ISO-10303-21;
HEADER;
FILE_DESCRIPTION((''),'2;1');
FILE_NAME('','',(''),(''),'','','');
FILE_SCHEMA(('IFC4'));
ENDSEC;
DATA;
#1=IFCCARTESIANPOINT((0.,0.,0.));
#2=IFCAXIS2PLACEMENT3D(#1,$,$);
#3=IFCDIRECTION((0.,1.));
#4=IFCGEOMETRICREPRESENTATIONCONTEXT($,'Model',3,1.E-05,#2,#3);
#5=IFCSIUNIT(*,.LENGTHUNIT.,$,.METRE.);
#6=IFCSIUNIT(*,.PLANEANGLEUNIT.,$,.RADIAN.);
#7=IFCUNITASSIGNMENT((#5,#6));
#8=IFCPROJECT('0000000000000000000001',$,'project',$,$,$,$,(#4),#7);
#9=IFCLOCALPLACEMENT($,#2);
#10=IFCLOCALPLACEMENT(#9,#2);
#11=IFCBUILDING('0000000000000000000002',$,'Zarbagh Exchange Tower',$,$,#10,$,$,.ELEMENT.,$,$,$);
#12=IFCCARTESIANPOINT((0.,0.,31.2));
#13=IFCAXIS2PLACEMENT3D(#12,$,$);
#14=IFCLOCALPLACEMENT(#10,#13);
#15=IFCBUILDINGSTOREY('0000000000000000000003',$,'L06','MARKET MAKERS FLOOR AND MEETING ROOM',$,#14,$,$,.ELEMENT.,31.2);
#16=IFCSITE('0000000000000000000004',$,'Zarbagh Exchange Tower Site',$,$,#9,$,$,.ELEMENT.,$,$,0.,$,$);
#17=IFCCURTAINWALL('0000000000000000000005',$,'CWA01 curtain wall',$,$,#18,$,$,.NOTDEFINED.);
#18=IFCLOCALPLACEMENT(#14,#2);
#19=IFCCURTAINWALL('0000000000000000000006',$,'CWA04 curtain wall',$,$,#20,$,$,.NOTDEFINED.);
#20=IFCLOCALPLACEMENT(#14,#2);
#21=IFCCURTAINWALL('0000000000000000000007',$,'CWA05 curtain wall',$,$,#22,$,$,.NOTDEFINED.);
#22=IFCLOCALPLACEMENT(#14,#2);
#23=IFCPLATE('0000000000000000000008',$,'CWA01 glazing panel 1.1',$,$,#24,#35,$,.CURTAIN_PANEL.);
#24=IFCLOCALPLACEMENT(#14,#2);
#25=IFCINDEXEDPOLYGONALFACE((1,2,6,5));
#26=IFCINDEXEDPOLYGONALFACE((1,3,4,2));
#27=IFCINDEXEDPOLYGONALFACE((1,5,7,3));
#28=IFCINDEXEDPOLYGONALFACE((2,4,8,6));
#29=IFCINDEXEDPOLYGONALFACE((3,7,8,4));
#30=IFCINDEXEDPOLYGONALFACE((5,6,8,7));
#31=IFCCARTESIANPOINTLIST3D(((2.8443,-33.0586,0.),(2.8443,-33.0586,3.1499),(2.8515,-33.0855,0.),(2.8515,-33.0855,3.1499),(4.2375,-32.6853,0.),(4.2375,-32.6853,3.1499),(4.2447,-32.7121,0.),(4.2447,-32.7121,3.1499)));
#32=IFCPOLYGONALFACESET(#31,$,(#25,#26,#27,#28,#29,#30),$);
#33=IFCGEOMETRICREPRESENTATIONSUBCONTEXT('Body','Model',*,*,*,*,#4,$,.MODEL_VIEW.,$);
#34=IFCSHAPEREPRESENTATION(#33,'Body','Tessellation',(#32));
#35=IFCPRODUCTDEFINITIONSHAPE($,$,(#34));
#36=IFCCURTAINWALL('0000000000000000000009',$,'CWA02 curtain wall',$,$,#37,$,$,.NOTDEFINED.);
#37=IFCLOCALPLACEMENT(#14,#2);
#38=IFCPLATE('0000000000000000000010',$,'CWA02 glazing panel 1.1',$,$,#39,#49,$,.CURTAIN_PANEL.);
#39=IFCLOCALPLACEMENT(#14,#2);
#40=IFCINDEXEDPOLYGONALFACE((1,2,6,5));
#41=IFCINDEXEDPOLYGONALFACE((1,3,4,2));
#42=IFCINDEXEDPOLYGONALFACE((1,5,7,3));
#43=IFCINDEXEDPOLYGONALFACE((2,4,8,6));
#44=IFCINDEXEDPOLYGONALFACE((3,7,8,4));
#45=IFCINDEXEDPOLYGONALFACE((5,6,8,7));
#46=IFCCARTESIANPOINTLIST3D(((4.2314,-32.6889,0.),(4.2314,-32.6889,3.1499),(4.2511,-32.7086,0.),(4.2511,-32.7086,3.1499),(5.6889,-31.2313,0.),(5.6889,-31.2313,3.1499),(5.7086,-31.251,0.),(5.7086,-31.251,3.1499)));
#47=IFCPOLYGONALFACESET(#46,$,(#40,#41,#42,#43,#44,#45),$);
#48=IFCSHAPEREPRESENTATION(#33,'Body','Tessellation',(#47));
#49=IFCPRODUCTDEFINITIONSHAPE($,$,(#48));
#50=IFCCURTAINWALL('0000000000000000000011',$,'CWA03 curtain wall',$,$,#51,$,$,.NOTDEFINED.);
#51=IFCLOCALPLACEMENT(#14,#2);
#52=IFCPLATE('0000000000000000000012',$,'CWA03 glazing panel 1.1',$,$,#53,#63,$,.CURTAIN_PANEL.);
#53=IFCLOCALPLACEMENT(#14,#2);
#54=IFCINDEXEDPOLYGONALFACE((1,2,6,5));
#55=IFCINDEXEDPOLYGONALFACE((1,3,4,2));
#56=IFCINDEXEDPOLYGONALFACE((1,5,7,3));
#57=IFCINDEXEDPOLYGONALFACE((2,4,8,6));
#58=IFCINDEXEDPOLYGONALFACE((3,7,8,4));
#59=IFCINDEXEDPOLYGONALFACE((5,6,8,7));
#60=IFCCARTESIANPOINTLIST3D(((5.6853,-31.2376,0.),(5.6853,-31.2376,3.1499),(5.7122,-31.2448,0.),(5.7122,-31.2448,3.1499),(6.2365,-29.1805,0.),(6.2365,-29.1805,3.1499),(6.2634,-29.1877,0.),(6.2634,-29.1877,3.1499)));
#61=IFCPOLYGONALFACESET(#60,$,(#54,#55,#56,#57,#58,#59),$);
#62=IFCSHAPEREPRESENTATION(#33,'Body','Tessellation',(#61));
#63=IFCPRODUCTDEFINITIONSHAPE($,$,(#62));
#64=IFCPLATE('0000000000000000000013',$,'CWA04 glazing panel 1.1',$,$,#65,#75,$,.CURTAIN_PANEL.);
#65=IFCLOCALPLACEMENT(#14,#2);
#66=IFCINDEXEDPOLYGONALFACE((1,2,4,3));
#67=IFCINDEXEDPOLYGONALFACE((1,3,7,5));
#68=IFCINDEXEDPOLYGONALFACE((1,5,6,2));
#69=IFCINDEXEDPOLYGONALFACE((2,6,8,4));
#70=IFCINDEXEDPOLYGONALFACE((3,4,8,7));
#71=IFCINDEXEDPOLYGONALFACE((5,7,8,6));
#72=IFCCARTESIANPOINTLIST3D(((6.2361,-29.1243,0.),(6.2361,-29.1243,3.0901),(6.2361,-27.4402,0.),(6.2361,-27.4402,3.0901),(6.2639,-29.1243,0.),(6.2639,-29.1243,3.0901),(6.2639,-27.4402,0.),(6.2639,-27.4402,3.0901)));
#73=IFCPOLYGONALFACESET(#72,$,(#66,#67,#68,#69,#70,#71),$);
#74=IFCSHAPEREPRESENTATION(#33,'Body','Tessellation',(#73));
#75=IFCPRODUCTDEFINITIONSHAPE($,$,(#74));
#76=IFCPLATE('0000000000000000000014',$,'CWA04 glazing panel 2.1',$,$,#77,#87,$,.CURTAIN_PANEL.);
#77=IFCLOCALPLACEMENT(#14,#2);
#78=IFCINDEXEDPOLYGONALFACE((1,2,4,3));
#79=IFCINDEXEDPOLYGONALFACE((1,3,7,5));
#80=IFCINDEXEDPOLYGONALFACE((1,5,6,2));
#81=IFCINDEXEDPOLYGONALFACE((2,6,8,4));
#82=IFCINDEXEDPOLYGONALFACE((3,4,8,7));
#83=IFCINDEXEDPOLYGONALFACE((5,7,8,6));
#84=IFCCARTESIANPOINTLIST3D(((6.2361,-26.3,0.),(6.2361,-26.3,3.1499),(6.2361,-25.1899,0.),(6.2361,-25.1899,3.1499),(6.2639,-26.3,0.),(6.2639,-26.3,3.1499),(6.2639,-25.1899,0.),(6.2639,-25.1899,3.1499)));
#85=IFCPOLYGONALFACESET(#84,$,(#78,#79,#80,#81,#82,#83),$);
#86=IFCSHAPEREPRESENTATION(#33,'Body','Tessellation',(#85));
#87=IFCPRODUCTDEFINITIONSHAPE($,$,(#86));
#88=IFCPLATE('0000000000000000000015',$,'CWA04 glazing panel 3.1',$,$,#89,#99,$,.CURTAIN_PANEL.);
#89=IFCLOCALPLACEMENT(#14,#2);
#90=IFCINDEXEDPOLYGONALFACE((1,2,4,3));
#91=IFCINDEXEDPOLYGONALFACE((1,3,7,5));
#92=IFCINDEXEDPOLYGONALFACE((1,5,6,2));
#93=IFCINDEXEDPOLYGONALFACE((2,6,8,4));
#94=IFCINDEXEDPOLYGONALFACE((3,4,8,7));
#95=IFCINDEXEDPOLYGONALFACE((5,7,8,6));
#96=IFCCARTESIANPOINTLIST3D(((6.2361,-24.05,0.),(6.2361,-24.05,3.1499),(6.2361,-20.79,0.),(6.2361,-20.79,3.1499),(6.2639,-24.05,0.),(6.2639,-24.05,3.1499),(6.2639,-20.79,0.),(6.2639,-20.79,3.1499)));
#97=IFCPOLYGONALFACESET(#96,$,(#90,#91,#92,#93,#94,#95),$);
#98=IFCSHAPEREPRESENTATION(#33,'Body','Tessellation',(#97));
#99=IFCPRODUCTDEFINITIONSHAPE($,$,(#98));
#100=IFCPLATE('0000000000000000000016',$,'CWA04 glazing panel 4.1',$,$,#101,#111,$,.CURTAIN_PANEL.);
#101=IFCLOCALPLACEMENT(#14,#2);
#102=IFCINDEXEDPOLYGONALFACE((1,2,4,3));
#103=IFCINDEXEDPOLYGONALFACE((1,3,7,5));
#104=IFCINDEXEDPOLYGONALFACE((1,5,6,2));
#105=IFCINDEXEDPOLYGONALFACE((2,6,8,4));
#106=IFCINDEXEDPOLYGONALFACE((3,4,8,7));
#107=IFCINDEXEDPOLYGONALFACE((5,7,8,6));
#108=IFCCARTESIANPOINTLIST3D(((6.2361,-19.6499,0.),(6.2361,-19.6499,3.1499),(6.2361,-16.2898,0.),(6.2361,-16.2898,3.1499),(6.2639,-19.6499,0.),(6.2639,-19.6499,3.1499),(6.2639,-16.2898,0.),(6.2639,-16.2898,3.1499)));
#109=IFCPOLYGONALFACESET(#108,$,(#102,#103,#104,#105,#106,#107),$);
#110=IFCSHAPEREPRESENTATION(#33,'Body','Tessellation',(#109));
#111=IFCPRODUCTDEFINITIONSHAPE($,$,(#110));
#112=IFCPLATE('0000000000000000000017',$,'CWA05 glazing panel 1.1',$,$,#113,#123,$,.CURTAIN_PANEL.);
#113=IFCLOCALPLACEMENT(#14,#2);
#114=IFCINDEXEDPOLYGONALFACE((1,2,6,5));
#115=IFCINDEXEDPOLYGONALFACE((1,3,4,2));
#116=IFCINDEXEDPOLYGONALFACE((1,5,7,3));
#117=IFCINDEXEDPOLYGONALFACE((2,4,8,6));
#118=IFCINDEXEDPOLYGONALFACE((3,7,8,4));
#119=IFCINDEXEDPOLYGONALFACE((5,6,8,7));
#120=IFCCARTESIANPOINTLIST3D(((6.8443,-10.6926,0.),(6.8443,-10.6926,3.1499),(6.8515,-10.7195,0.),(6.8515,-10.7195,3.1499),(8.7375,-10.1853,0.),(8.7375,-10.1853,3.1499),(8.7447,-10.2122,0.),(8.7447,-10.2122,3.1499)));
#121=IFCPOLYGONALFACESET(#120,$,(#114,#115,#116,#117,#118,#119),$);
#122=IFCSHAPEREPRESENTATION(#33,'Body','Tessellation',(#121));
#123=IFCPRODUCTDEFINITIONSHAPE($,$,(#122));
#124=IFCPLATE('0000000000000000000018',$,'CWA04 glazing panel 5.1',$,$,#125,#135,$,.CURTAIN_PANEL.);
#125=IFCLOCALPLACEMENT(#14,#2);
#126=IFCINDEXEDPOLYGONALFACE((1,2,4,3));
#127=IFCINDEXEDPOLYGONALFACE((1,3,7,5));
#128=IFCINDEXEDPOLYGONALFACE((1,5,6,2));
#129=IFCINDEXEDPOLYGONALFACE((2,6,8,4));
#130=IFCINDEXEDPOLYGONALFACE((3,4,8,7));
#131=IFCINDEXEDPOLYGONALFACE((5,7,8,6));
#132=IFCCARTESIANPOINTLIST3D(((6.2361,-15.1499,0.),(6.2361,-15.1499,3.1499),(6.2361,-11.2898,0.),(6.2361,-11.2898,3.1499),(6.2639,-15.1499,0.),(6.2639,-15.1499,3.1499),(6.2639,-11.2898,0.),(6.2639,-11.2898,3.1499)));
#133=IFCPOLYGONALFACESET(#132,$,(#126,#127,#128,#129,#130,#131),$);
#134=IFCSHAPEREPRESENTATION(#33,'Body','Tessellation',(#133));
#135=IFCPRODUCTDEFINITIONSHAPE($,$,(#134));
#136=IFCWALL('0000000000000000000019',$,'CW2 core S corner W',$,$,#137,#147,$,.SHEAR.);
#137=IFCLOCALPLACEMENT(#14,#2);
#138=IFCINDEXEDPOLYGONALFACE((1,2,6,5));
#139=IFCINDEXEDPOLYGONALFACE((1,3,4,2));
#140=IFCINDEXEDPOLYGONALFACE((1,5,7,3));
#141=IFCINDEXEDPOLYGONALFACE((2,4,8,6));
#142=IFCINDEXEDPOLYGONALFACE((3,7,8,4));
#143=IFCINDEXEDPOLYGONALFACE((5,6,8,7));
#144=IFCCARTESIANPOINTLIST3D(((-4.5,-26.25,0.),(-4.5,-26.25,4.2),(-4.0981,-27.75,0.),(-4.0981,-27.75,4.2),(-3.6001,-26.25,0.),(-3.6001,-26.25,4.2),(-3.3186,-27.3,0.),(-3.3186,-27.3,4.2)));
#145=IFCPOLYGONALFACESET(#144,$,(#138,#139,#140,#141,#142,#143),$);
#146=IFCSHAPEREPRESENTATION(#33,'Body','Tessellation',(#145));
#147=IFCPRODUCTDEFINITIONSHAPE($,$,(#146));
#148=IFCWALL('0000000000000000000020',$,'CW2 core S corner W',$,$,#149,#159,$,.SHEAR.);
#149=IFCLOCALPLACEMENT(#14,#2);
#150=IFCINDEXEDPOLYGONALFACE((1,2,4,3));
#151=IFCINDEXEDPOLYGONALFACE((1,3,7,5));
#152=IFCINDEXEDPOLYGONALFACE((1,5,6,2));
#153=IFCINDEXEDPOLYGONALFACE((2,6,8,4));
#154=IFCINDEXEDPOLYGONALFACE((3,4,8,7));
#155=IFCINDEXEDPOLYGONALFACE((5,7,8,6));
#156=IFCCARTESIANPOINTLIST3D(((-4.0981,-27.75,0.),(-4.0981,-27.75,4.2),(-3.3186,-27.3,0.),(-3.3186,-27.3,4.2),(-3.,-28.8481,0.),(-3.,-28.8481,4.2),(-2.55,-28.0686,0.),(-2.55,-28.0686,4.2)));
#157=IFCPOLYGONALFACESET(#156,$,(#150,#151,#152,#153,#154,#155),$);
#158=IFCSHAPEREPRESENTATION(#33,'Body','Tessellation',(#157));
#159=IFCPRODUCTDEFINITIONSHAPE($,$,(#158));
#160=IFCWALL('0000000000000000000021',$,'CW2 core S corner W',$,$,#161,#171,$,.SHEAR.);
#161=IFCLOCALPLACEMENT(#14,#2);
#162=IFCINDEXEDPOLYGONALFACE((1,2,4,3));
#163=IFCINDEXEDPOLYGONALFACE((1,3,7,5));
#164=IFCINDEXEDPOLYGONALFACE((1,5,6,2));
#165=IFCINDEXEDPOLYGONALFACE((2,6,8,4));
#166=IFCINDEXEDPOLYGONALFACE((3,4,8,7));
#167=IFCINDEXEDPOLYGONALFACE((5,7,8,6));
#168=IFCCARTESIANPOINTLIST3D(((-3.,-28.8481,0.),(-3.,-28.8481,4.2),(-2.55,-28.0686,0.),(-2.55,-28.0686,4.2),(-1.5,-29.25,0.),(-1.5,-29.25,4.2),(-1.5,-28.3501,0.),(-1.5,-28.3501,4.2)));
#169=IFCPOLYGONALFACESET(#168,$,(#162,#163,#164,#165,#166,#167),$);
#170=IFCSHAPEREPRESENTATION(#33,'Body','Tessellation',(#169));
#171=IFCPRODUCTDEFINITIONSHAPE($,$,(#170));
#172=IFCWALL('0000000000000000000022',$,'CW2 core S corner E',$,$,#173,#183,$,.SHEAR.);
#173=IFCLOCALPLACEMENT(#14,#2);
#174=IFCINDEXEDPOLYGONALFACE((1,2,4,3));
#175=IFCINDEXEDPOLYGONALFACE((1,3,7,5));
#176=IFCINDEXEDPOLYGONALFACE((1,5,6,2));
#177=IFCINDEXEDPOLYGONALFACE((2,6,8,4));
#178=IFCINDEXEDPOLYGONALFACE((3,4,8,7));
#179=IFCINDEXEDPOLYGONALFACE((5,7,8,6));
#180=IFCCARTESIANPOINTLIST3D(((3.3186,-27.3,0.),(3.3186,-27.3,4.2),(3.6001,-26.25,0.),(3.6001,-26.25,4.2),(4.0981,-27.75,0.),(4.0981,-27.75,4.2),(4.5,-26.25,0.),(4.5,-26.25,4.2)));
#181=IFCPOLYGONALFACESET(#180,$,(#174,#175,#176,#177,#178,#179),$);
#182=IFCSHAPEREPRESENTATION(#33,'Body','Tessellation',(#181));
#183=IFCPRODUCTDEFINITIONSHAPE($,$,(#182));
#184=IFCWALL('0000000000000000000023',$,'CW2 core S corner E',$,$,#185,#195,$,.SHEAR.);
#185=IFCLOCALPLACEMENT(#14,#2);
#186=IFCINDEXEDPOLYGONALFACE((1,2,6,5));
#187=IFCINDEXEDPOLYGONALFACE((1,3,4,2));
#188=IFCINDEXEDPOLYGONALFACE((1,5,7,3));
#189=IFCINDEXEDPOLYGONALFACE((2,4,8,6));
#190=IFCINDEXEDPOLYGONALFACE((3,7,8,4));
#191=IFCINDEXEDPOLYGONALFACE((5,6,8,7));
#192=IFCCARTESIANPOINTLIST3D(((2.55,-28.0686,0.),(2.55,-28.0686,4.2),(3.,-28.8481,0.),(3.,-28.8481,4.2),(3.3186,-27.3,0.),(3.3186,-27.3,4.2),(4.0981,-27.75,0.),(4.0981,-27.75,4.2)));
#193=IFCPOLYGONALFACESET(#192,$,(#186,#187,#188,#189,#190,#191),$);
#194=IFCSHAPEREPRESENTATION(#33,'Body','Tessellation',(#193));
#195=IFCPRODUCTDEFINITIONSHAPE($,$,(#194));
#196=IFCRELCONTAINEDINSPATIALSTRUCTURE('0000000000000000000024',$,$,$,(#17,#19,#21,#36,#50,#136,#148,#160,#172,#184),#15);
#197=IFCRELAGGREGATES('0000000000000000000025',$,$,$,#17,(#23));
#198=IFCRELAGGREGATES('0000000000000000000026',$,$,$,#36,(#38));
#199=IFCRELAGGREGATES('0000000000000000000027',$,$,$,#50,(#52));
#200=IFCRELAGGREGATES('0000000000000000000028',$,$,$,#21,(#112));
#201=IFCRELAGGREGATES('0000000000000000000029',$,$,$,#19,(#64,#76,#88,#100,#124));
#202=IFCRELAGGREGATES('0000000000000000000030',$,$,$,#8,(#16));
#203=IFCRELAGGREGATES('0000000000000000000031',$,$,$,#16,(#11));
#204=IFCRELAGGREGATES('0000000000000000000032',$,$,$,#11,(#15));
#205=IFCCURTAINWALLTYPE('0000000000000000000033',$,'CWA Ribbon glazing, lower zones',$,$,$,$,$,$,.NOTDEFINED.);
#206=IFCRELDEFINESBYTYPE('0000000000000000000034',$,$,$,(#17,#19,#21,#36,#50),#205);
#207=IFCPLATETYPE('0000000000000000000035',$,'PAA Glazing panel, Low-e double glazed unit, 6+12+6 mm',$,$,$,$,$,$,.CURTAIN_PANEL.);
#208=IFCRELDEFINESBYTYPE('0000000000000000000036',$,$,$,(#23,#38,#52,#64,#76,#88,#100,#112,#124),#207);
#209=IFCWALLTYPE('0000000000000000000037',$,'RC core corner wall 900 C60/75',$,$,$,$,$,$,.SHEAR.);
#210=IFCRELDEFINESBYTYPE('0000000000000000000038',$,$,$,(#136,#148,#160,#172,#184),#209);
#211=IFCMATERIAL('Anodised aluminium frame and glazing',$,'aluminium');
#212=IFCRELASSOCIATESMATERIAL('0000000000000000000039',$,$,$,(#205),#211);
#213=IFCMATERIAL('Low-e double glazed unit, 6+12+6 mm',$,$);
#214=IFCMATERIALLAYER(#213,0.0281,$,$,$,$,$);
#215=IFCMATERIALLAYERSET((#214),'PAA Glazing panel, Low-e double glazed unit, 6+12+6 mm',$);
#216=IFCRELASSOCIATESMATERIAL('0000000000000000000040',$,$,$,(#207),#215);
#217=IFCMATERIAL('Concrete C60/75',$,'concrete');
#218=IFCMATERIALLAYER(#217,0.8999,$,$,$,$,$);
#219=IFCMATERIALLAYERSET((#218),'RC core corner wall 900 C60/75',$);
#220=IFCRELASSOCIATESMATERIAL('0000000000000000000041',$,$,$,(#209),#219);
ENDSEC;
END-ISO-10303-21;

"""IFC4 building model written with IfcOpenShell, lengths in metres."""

from ifc_helpers import new_model, si_unit, direction, frame, origin, place, context, subcontext, project, spatial, polyline, outline, extrude, source, transform, mapped, material, layer, layer_set, type_object, element, aggregate, save


model = new_model("IFC4")

# Units and contexts
model_context = context("Model", 3, precision=1e-05, world=origin(), true_north=direction((0.0, 1.0)))
body_context = subcontext(model_context, "Body", "Model", "MODEL_VIEW")
ifc_project = project(units=[si_unit("LENGTHUNIT", "METRE"), si_unit("PLANEANGLEUNIT", "RADIAN")], contexts=[model_context])

# Site, building, storey
site_placement = place(None, origin())
site = spatial("IfcSite", under=ifc_project, at=site_placement, Name="Zarbagh Exchange Tower Site", CompositionType="ELEMENT", RefElevation=0.0)
building_placement = place(site_placement, origin())
building = spatial("IfcBuilding", under=site, at=building_placement, Name="Zarbagh Exchange Tower", CompositionType="ELEMENT")
storey_placement = place(building_placement, frame((0.0, 0.0, 31.2)))
storey = spatial("IfcBuildingStorey", under=building, at=storey_placement, Name="L06", Description="MARKET MAKERS FLOOR AND MEETING ROOM", CompositionType="ELEMENT", Elevation=31.2)

# Curtain wall
ifc_material_1 = material(Name="Anodised aluminium frame and glazing", Category="aluminium")
curtain_wall_type = type_object("IfcCurtainWallType", Name="CWA Ribbon glazing, lower zones", PredefinedType="NOTDEFINED", material=ifc_material_1)
curtain_wall_1_placement = place(storey_placement, origin())
curtain_wall_1 = element("IfcCurtainWall", 1, at=curtain_wall_1_placement, inside=storey, type_object=curtain_wall_type, Name="CWA01 curtain wall", PredefinedType="NOTDEFINED")
placement = place(storey_placement, origin())

# Curtain wall
curtain_wall_2_placement = place(storey_placement, origin())
curtain_wall_2 = element("IfcCurtainWall", 2, at=curtain_wall_2_placement, inside=storey, type_object=curtain_wall_type, Name="CWA04 curtain wall", PredefinedType="NOTDEFINED")

# Curtain wall
curtain_wall_3_placement = place(storey_placement, origin())
curtain_wall_3 = element("IfcCurtainWall", 3, at=curtain_wall_3_placement, inside=storey, type_object=curtain_wall_type, Name="CWA05 curtain wall", PredefinedType="NOTDEFINED")

# Plate
ifc_material_2 = material(Name="Low-e double glazed unit, 6+12+6 mm")
ifc_layer_1 = layer(ifc_material_2, 0.0281)
ifc_layer_set_1 = layer_set([ifc_layer_1], Name="PAA Glazing panel, Low-e double glazed unit, 6+12+6 mm")
plate_type = type_object("IfcPlateType", Name="PAA Glazing panel, Low-e double glazed unit, 6+12+6 mm", PredefinedType="CURTAIN_PANEL", material=ifc_layer_set_1)
shared_shape_1 = source(origin(), body_context, "Body", "SweptSolid", [
    extrude(outline(polyline([(0.0, -0.0139), (1.4424, -0.0139), (1.4424, 0.0139), (0.0, 0.0139), (0.0, -0.0139)])), origin(), (0.0, 0.0, 1.0), 3.1499),
])
plate_1 = element("IfcPlate", 4, at=placement, type_object=plate_type, Name="CWA01 glazing panel 1.1", PredefinedType="CURTAIN_PANEL", context=body_context, shape_type="MappedRepresentation", body=[
    mapped(shared_shape_1, transform((2.8479, -33.072, 0.0), x_axis=(0.965924, 0.258825, 0.0), y_axis=(-0.258825, 0.965924, 0.0), z_axis=(0.0, 0.0, 1.0))),
])
aggregate(curtain_wall_1, [plate_1])

# Curtain walls, plates
curtain_wall_4_placement = place(storey_placement, origin())
curtain_wall_4 = element("IfcCurtainWall", 5, at=curtain_wall_4_placement, inside=storey, type_object=curtain_wall_type, Name="CWA02 curtain wall", PredefinedType="NOTDEFINED")
shared_shape_2 = source(origin(), body_context, "Body", "SweptSolid", [
    extrude(outline(polyline([(0.0, -0.0139), (2.0613, -0.0139), (2.0613, 0.0139), (0.0, 0.0139), (0.0, -0.0139)])), origin(), (0.0, 0.0, 1.0), 3.1499),
])
plate_2 = element("IfcPlate", 6, at=placement, type_object=plate_type, Name="CWA02 glazing panel 1.1", PredefinedType="CURTAIN_PANEL", context=body_context, shape_type="MappedRepresentation", body=[
    mapped(shared_shape_2, transform((4.2412, -32.6987, 0.0), x_axis=(0.707107, 0.707107, 0.0), y_axis=(-0.707107, 0.707107, 0.0), z_axis=(0.0, 0.0, 1.0))),
])
aggregate(curtain_wall_4, [plate_2])
curtain_wall_5_placement = place(storey_placement, origin())
curtain_wall_5 = element("IfcCurtainWall", 7, at=curtain_wall_5_placement, inside=storey, type_object=curtain_wall_type, Name="CWA03 curtain wall", PredefinedType="NOTDEFINED")
shared_shape_3 = source(origin(), body_context, "Body", "SweptSolid", [
    extrude(outline(polyline([(0.0, -0.0139), (2.1296, -0.0139), (2.1296, 0.0139), (0.0, 0.0139), (0.0, -0.0139)])), origin(), (0.0, 0.0, 1.0), 3.1499),
])
plate_3 = element("IfcPlate", 8, at=placement, type_object=plate_type, Name="CWA03 glazing panel 1.1", PredefinedType="CURTAIN_PANEL", context=body_context, shape_type="MappedRepresentation", body=[
    mapped(shared_shape_3, transform((5.6987, -31.2412, 0.0), x_axis=(0.258825, 0.965924, 0.0), y_axis=(-0.965924, 0.258825, 0.0), z_axis=(0.0, 0.0, 1.0))),
])
aggregate(curtain_wall_5, [plate_3])

# Plates
shared_shape_4 = source(origin(), body_context, "Body", "SweptSolid", [
    extrude(outline(polyline([(0.0, -0.0139), (1.6841, -0.0139), (1.6841, 0.0139), (0.0, 0.0139), (0.0, -0.0139)])), origin(), (0.0, 0.0, 1.0), 3.0901),
])
plate_4 = element("IfcPlate", 9, at=placement, type_object=plate_type, Name="CWA04 glazing panel 1.1", PredefinedType="CURTAIN_PANEL", context=body_context, shape_type="MappedRepresentation", body=[
    mapped(shared_shape_4, transform((6.25, -29.1243, 0.0), x_axis=(0.0, 1.0, 0.0), y_axis=(-1.0, 0.0, 0.0), z_axis=(0.0, 0.0, 1.0))),
])
shared_shape_5 = source(origin(), body_context, "Body", "SweptSolid", [
    extrude(outline(polyline([(0.0, -0.0139), (1.1101, -0.0139), (1.1101, 0.0139), (0.0, 0.0139), (0.0, -0.0139)])), origin(), (0.0, 0.0, 1.0), 3.1499),
])
plate_5 = element("IfcPlate", 10, at=placement, type_object=plate_type, Name="CWA04 glazing panel 2.1", PredefinedType="CURTAIN_PANEL", context=body_context, shape_type="MappedRepresentation", body=[
    mapped(shared_shape_5, transform((6.25, -26.3, 0.0), x_axis=(0.0, 1.0, 0.0), y_axis=(-1.0, 0.0, 0.0), z_axis=(0.0, 0.0, 1.0))),
])
shared_shape_6 = source(origin(), body_context, "Body", "SweptSolid", [
    extrude(outline(polyline([(0.0, -0.0139), (3.26, -0.0139), (3.26, 0.0139), (0.0, 0.0139), (0.0, -0.0139)])), origin(), (0.0, 0.0, 1.0), 3.1499),
])
plate_6 = element("IfcPlate", 11, at=placement, type_object=plate_type, Name="CWA04 glazing panel 3.1", PredefinedType="CURTAIN_PANEL", context=body_context, shape_type="MappedRepresentation", body=[
    mapped(shared_shape_6, transform((6.25, -24.05, 0.0), x_axis=(0.0, 1.0, 0.0), y_axis=(-1.0, 0.0, 0.0), z_axis=(0.0, 0.0, 1.0))),
])
shared_shape_7 = source(origin(), body_context, "Body", "SweptSolid", [
    extrude(outline(polyline([(0.0, -0.0139), (3.3601, -0.0139), (3.3601, 0.0139), (0.0, 0.0139), (0.0, -0.0139)])), origin(), (0.0, 0.0, 1.0), 3.1499),
])
plate_7 = element("IfcPlate", 12, at=placement, type_object=plate_type, Name="CWA04 glazing panel 4.1", PredefinedType="CURTAIN_PANEL", context=body_context, shape_type="MappedRepresentation", body=[
    mapped(shared_shape_7, transform((6.25, -19.6499, 0.0), x_axis=(0.0, 1.0, 0.0), y_axis=(-1.0, 0.0, 0.0), z_axis=(0.0, 0.0, 1.0))),
])
shared_shape_8 = source(origin(), body_context, "Body", "SweptSolid", [
    extrude(outline(polyline([(0.0, -0.0139), (1.96, -0.0139), (1.96, 0.0139), (0.0, 0.0139), (0.0, -0.0139)])), origin(), (0.0, 0.0, 1.0), 3.1499),
])
plate_8 = element("IfcPlate", 13, at=placement, type_object=plate_type, Name="CWA05 glazing panel 1.1", PredefinedType="CURTAIN_PANEL", context=body_context, shape_type="MappedRepresentation", body=[
    mapped(shared_shape_8, transform((6.8479, -10.7061, 0.0), x_axis=(0.965924, 0.258825, 0.0), y_axis=(-0.258825, 0.965924, 0.0), z_axis=(0.0, 0.0, 1.0))),
])
aggregate(curtain_wall_3, [plate_8])
shared_shape_9 = source(origin(), body_context, "Body", "SweptSolid", [
    extrude(outline(polyline([(0.0, -0.0139), (3.8601, -0.0139), (3.8601, 0.0139), (0.0, 0.0139), (0.0, -0.0139)])), origin(), (0.0, 0.0, 1.0), 3.1499),
])
plate_9 = element("IfcPlate", 14, at=placement, type_object=plate_type, Name="CWA04 glazing panel 5.1", PredefinedType="CURTAIN_PANEL", context=body_context, shape_type="MappedRepresentation", body=[
    mapped(shared_shape_9, transform((6.25, -15.1499, 0.0), x_axis=(0.0, 1.0, 0.0), y_axis=(-1.0, 0.0, 0.0), z_axis=(0.0, 0.0, 1.0))),
])
aggregate(curtain_wall_2, [plate_4, plate_5, plate_6, plate_7, plate_9])

# Walls
ifc_material_3 = material(Name="Concrete C60/75", Category="concrete")
ifc_layer_2 = layer(ifc_material_3, 0.8999)
ifc_layer_set_2 = layer_set([ifc_layer_2], Name="RC core corner wall 900 C60/75")
wall_type = type_object("IfcWallType", Name="RC core corner wall 900 C60/75", PredefinedType="SHEAR", material=ifc_layer_set_2)
wall_1_placement = place(storey_placement, origin())
element("IfcWall", 15, at=wall_1_placement, inside=storey, type_object=wall_type, Name="CW2 core S corner W", PredefinedType="SHEAR", context=body_context, shape_type="SweptSolid", body=[
    extrude(outline(polyline([(-4.5, -26.25), (-4.0981, -27.75), (-3.3186, -27.3), (-3.6001, -26.25), (-4.5, -26.25)])), origin(), (0.0, 0.0, 1.0), 4.2),
])
wall_2_placement = place(storey_placement, origin())
element("IfcWall", 16, at=wall_2_placement, inside=storey, type_object=wall_type, Name="CW2 core S corner W", PredefinedType="SHEAR", context=body_context, shape_type="SweptSolid", body=[
    extrude(outline(polyline([(-4.0981, -27.75), (-3.0, -28.8481), (-2.55, -28.0686), (-3.3186, -27.3), (-4.0981, -27.75)])), origin(), (0.0, 0.0, 1.0), 4.2),
])
wall_3_placement = place(storey_placement, origin())
element("IfcWall", 17, at=wall_3_placement, inside=storey, type_object=wall_type, Name="CW2 core S corner W", PredefinedType="SHEAR", context=body_context, shape_type="SweptSolid", body=[
    extrude(outline(polyline([(-3.0, -28.8481), (-1.5, -29.25), (-1.5, -28.3501), (-2.55, -28.0686), (-3.0, -28.8481)])), origin(), (0.0, 0.0, 1.0), 4.2),
])
wall_4_placement = place(storey_placement, origin())
element("IfcWall", 18, at=wall_4_placement, inside=storey, type_object=wall_type, Name="CW2 core S corner E", PredefinedType="SHEAR", context=body_context, shape_type="SweptSolid", body=[
    extrude(outline(polyline([(4.5, -26.25), (4.0981, -27.75), (3.3186, -27.3), (3.6001, -26.25), (4.5, -26.25)])), origin(), (0.0, 0.0, 1.0), 4.2),
])
wall_5_placement = place(storey_placement, origin())
element("IfcWall", 19, at=wall_5_placement, inside=storey, type_object=wall_type, Name="CW2 core S corner E", PredefinedType="SHEAR", context=body_context, shape_type="SweptSolid", body=[
    extrude(outline(polyline([(4.0981, -27.75), (3.0, -28.8481), (2.55, -28.0686), (3.3186, -27.3), (4.0981, -27.75)])), origin(), (0.0, 0.0, 1.0), 4.2),
])

save(model, "model.ifc")
